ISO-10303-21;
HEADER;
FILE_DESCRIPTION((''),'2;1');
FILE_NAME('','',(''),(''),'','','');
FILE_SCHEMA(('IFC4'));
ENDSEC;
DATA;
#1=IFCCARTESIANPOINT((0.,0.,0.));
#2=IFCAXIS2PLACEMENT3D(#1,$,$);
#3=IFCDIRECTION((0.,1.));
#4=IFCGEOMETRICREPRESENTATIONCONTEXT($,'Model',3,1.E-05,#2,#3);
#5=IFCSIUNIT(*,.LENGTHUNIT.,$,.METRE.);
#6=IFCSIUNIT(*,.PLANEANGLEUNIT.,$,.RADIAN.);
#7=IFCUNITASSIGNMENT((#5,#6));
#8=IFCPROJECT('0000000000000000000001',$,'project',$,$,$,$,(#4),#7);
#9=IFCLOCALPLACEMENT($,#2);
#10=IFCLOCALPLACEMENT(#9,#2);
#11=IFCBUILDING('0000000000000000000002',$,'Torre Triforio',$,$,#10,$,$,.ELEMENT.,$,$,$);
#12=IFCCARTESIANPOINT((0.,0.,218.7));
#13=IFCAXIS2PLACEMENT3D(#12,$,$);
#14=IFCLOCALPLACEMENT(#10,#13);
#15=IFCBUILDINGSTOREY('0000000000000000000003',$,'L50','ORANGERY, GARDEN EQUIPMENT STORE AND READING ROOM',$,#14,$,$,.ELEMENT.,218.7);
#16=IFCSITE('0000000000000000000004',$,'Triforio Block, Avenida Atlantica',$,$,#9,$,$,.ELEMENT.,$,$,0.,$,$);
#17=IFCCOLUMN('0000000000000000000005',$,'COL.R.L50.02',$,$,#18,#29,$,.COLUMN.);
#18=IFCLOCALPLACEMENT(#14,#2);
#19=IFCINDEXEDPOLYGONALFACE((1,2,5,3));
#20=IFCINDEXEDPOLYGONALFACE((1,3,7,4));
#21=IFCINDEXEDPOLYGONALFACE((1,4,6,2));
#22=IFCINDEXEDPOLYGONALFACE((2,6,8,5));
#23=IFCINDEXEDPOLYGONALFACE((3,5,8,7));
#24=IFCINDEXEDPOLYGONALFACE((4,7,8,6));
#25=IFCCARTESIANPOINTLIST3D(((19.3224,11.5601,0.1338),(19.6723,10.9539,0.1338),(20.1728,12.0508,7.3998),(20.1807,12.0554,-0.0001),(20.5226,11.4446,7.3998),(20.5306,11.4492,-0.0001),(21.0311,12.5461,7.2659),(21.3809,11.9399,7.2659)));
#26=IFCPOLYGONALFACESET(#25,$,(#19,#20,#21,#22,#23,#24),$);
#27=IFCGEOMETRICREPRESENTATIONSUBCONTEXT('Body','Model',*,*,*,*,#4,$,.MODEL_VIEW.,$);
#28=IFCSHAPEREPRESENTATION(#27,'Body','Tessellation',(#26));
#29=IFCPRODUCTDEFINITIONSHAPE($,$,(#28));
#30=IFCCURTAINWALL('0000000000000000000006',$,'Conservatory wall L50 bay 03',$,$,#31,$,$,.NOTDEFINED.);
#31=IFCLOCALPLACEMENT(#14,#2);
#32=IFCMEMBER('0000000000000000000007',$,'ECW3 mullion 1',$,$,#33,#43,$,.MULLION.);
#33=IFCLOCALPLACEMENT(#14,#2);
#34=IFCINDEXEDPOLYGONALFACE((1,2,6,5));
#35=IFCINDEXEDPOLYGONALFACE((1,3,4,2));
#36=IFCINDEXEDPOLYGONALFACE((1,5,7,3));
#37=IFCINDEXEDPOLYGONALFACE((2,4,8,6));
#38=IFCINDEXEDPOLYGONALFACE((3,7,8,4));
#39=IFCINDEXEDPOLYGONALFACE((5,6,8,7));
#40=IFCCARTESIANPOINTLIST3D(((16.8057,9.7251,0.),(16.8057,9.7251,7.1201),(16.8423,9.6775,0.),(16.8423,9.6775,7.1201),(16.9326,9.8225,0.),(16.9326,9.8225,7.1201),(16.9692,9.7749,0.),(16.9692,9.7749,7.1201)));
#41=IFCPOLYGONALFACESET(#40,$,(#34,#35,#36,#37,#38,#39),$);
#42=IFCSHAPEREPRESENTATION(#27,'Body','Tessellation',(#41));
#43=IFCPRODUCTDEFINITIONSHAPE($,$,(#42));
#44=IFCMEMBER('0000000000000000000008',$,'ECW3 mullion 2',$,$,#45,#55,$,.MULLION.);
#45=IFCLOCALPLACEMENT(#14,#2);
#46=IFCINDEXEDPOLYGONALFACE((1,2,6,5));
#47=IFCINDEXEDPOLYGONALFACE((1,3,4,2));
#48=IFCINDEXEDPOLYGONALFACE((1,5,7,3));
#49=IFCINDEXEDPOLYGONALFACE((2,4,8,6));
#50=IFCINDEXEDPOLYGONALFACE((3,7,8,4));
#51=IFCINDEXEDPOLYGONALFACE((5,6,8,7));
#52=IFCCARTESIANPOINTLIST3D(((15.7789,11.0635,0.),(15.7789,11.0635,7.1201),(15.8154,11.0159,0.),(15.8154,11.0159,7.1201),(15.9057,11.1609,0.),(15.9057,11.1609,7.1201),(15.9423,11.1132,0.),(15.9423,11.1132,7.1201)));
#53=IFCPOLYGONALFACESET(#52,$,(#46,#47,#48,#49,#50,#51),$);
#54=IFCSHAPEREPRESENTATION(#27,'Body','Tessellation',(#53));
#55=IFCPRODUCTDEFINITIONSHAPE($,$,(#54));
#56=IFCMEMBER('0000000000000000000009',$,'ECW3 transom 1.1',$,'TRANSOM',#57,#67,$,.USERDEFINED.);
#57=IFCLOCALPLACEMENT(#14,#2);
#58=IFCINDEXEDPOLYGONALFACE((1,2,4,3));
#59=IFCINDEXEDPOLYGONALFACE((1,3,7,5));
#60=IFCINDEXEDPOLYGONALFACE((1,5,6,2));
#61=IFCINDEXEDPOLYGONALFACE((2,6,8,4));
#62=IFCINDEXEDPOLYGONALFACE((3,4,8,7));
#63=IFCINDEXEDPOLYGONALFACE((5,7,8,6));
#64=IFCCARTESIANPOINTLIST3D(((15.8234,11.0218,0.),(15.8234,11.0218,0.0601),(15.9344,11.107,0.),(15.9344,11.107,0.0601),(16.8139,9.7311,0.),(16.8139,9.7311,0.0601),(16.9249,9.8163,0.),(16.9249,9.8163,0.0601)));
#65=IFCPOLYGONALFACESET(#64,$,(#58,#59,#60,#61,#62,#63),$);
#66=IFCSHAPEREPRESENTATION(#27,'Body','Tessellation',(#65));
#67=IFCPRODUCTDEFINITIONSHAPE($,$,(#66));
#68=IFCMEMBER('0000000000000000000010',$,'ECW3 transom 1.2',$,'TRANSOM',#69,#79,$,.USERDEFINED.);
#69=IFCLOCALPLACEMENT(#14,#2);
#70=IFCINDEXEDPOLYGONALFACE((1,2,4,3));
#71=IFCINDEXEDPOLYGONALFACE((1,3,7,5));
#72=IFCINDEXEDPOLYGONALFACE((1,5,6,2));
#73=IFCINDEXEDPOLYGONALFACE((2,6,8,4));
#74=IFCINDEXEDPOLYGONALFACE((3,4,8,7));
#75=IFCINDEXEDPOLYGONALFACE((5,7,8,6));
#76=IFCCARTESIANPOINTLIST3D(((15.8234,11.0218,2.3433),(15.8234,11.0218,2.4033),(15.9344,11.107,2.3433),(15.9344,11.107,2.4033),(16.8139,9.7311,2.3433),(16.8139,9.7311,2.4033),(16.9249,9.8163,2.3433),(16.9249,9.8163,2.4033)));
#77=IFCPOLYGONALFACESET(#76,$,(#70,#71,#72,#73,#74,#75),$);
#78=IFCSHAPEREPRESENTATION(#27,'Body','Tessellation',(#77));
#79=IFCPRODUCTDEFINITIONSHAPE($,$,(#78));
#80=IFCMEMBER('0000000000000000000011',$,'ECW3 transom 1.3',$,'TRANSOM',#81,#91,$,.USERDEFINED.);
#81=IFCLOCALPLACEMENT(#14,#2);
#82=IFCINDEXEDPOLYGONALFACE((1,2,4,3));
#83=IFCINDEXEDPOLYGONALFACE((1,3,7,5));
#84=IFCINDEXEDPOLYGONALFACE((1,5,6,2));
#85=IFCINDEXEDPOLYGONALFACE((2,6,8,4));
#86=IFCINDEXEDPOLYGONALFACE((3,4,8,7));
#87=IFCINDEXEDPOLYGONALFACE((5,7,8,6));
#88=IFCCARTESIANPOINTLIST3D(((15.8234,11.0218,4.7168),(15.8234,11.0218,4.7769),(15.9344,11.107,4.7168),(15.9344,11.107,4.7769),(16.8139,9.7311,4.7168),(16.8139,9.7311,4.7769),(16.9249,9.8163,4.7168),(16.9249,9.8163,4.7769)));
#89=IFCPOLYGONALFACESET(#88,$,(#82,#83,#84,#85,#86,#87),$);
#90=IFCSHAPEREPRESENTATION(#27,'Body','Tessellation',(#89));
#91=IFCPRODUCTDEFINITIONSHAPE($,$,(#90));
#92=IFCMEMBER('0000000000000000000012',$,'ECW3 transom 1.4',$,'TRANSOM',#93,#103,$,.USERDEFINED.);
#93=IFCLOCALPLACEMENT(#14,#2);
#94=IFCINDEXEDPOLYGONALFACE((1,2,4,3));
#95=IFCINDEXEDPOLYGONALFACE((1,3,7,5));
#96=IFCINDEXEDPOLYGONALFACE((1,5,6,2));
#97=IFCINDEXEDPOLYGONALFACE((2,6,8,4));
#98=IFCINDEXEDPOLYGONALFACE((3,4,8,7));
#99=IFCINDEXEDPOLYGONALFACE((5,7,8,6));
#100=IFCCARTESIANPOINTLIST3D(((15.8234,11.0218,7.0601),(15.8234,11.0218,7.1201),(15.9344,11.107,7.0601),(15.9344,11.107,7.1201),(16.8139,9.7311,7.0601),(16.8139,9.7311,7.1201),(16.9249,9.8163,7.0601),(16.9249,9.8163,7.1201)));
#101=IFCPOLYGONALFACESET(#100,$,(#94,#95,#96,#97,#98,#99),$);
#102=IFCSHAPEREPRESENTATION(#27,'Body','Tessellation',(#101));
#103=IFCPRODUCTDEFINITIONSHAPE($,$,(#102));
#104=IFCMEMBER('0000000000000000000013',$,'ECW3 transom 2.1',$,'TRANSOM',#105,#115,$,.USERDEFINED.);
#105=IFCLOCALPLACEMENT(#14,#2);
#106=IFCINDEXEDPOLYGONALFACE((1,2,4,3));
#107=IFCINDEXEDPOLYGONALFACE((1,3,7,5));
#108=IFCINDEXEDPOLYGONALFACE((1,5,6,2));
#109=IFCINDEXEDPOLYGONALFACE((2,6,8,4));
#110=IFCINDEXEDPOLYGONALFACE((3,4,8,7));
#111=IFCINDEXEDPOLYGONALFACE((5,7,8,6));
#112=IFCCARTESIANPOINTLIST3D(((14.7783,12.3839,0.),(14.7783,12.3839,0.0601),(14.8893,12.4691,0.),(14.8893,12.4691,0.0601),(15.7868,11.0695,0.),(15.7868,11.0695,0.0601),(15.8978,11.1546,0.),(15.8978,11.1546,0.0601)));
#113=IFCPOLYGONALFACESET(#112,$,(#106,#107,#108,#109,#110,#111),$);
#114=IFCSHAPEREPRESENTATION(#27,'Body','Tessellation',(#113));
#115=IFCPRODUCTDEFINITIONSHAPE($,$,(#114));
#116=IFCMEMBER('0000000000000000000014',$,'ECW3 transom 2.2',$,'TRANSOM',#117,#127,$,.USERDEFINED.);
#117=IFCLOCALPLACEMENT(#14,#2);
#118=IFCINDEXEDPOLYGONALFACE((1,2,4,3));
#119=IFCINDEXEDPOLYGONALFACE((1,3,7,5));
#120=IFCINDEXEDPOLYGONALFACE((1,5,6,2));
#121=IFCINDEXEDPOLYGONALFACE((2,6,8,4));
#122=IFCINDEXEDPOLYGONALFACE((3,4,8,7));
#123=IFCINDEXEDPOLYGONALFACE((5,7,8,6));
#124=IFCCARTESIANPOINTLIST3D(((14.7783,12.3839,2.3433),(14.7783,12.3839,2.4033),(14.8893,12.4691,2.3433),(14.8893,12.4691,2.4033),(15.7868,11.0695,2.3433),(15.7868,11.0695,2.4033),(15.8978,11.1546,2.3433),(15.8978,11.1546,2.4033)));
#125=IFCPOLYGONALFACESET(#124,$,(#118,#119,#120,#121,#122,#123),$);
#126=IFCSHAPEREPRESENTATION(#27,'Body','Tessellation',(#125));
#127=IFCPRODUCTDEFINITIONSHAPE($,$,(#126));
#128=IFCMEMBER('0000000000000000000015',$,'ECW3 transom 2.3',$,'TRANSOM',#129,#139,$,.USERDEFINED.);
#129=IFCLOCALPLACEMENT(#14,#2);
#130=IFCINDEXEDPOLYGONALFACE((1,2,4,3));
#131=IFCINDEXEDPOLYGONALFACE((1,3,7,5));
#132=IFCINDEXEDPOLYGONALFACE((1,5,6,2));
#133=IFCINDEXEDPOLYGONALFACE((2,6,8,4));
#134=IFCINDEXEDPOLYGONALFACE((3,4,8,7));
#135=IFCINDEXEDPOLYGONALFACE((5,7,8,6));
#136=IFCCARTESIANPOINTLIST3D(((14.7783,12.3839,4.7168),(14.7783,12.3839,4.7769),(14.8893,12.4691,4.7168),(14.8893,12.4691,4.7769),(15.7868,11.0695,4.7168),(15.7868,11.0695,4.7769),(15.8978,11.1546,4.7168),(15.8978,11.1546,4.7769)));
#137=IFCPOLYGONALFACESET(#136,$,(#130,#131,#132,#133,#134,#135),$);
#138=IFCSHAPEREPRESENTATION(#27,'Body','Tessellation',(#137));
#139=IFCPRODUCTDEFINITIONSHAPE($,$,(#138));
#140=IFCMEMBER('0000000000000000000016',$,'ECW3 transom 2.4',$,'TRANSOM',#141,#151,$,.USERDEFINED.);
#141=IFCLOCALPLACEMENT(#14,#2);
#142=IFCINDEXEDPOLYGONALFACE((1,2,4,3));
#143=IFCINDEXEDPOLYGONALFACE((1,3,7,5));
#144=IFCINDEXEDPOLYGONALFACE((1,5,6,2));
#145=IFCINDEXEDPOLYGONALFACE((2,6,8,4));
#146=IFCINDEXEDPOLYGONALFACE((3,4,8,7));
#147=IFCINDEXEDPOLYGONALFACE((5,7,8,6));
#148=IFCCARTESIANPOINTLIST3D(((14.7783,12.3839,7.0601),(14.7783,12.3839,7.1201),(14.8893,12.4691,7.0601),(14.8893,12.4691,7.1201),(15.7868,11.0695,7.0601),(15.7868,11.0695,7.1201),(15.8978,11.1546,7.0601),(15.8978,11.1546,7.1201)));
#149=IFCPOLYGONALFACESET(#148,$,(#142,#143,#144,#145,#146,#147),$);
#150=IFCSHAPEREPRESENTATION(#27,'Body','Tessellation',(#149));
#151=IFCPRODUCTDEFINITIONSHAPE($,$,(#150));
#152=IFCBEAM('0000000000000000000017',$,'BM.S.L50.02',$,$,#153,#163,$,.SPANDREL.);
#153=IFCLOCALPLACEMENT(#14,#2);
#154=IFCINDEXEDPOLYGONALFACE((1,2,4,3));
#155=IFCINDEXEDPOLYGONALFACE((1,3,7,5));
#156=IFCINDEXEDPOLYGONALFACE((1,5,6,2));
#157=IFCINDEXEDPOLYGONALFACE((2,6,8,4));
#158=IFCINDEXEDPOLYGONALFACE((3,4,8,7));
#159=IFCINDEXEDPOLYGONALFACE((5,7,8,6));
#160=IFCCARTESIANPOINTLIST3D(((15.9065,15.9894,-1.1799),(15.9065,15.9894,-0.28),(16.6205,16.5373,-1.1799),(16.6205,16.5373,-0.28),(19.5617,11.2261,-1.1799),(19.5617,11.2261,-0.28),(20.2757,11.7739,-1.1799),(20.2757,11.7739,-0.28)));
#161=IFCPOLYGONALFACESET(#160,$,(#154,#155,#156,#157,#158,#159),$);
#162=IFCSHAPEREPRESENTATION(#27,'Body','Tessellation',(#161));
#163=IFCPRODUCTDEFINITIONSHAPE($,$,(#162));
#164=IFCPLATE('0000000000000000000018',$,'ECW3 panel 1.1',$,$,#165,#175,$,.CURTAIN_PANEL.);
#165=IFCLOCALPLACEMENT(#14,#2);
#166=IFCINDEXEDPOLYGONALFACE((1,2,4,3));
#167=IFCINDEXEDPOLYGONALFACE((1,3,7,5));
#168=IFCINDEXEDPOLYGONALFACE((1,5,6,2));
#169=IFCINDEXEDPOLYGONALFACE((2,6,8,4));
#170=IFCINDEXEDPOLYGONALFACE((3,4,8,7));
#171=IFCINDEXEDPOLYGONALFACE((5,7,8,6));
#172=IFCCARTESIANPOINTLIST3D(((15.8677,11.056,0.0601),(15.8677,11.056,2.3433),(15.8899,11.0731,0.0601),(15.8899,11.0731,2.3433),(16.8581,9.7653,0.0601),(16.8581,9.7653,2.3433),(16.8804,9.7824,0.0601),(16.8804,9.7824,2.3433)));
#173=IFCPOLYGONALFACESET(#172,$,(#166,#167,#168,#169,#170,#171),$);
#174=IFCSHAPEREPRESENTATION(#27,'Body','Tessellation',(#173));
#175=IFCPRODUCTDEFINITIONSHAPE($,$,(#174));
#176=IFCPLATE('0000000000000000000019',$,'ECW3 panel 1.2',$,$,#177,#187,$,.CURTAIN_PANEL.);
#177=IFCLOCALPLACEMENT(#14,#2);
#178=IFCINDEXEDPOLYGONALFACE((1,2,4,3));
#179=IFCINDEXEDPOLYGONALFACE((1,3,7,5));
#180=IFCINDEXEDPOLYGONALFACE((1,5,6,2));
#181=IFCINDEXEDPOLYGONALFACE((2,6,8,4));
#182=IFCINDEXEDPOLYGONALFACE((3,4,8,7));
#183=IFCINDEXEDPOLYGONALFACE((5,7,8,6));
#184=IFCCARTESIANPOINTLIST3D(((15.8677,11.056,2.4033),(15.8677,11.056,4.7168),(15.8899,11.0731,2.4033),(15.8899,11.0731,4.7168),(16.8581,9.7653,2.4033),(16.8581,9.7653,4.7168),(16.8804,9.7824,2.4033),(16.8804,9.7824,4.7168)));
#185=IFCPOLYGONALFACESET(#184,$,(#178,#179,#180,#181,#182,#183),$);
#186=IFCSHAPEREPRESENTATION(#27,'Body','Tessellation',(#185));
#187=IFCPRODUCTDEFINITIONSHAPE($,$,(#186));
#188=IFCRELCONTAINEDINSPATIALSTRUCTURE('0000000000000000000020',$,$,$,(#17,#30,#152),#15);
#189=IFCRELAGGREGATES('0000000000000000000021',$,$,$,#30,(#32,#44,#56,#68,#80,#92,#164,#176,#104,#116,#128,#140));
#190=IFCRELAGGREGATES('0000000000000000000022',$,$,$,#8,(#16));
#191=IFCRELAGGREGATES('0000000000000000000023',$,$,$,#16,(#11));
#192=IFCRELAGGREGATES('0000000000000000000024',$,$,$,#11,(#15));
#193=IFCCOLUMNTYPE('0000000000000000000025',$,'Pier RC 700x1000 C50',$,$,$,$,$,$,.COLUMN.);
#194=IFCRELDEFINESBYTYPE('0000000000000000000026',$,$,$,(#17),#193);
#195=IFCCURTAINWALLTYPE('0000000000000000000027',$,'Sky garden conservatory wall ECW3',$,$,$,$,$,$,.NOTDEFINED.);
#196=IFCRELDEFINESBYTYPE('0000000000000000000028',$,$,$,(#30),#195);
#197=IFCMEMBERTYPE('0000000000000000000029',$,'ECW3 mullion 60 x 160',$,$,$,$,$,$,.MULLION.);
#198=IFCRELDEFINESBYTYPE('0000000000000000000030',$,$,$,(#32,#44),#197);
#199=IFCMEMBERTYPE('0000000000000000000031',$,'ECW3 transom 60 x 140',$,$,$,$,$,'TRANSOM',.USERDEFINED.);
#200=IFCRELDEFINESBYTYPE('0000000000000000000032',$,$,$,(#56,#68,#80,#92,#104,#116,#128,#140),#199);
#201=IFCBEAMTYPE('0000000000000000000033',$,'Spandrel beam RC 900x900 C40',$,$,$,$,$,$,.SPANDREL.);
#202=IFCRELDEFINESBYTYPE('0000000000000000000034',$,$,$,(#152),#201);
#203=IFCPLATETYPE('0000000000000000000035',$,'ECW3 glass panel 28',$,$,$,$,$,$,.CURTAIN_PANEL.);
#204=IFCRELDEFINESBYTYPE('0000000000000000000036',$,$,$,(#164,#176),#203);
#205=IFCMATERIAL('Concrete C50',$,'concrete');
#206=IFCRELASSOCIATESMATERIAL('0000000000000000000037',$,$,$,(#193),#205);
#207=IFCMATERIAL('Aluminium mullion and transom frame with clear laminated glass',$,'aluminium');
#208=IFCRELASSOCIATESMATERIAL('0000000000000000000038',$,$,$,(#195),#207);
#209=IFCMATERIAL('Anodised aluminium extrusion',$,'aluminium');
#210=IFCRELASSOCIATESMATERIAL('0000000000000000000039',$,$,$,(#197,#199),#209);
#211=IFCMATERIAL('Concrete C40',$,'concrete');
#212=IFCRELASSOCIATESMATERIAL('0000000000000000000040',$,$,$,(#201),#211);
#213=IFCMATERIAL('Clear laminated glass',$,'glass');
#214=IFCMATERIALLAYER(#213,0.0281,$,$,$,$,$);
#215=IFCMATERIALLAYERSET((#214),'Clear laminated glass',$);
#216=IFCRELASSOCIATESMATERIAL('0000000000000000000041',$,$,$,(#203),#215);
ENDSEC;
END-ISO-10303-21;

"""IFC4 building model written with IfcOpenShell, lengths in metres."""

from ifc_helpers import new_model, si_unit, direction, frame, origin, origin_2d, place, context, subcontext, project, spatial, rectangle, extrude, material, layer, layer_set, material_profile, profile_set, type_object, element, aggregate, save


model = new_model("IFC4")

# Units and contexts
model_context = context("Model", 3, precision=1e-05, world=origin(), true_north=direction((0.0, 1.0)))
body_context = subcontext(model_context, "Body", "Model", "MODEL_VIEW")
ifc_project = project(units=[si_unit("LENGTHUNIT", "METRE"), si_unit("PLANEANGLEUNIT", "RADIAN")], contexts=[model_context])

# Site, building, storey
site_placement = place(None, origin())
site = spatial("IfcSite", under=ifc_project, at=site_placement, Name="Triforio Block, Avenida Atlantica", CompositionType="ELEMENT", RefElevation=0.0)
building_placement = place(site_placement, origin())
building = spatial("IfcBuilding", under=site, at=building_placement, Name="Torre Triforio", CompositionType="ELEMENT")
storey_placement = place(building_placement, frame((0.0, 0.0, 218.7)))
storey = spatial("IfcBuildingStorey", under=building, at=storey_placement, Name="L50", Description="ORANGERY, GARDEN EQUIPMENT STORE AND READING ROOM", CompositionType="ELEMENT", Elevation=218.7)

# Column
ifc_material_1 = material(Name="Concrete C50", Category="concrete")
ifc_material_profile_1 = material_profile(ifc_material_1, rectangle(XDim=0.7, YDim=1.0, at=origin_2d()), Name="RC 700x1000")
ifc_profile_set_1 = profile_set([ifc_material_profile_1], Name="Concrete C50")
column_type = type_object("IfcColumnType", Name="Pier RC 700x1000 C50", PredefinedType="COLUMN", material=ifc_profile_set_1)
column_placement = place(storey_placement, frame((19.9265, 11.5046, 0.0669), z_axis=(0.115975, 0.066928, 0.990995), x_axis=(-0.49983, 0.866123, 0.0)))
element("IfcColumn", 1, at=column_placement, inside=storey, type_object=column_type, Name="COL.R.L50.02", PredefinedType="COLUMN", context=body_context, shape_type="SweptSolid", body=[
    extrude(rectangle(XDim=0.7, YDim=1.0, at=origin_2d()), origin(), (0.0, 0.0, 1.0), 7.332),
])

# Curtain wall, members
ifc_material_2 = material(Name="Aluminium mullion and transom frame with clear laminated glass", Category="aluminium")
curtain_wall_type = type_object("IfcCurtainWallType", Name="Sky garden conservatory wall ECW3", PredefinedType="NOTDEFINED", material=ifc_material_2)
curtain_wall_placement = place(storey_placement, origin())
curtain_wall = element("IfcCurtainWall", 2, at=curtain_wall_placement, inside=storey, type_object=curtain_wall_type, Name="Conservatory wall L50 bay 03", PredefinedType="NOTDEFINED")
ifc_material_3 = material(Name="Anodised aluminium extrusion", Category="aluminium")
ifc_material_profile_2 = material_profile(ifc_material_3, rectangle(XDim=0.1599, YDim=0.0601, at=origin_2d()), Name="ECW3 MULLION 60x160")
ifc_profile_set_2 = profile_set([ifc_material_profile_2], Name="Anodised aluminium extrusion")
member_type_1 = type_object("IfcMemberType", Name="ECW3 mullion 60 x 160", PredefinedType="MULLION", material=ifc_profile_set_2)
member_1_placement = place(storey_placement, frame((16.8875, 9.75, 0.0), z_axis=(0.0, 0.0, 1.0), x_axis=(-0.793349, -0.608767, 0.0)))
member_1 = element("IfcMember", 3, at=member_1_placement, type_object=member_type_1, Name="ECW3 mullion 1", PredefinedType="MULLION", context=body_context, shape_type="SweptSolid", body=[
    extrude(rectangle(XDim=0.1599, YDim=0.0601, at=origin_2d()), origin(), (0.0, 0.0, 1.0), 7.1201),
])
member_2_placement = place(storey_placement, frame((15.8606, 11.0884, 0.0), z_axis=(0.0, 0.0, 1.0), x_axis=(-0.793349, -0.608767, 0.0)))
member_2 = element("IfcMember", 4, at=member_2_placement, type_object=member_type_1, Name="ECW3 mullion 2", PredefinedType="MULLION", context=body_context, shape_type="SweptSolid", body=[
    extrude(rectangle(XDim=0.1599, YDim=0.0601, at=origin_2d()), origin(), (0.0, 0.0, 1.0), 7.1201),
])
ifc_material_profile_3 = material_profile(ifc_material_3, rectangle(XDim=0.1399, YDim=0.0601, at=origin_2d()), Name="ECW3 TRANSOM 60x140")
ifc_profile_set_3 = profile_set([ifc_material_profile_3], Name="Anodised aluminium extrusion")
member_type_2 = type_object("IfcMemberType", Name="ECW3 transom 60 x 140", ElementType="TRANSOM", PredefinedType="USERDEFINED", material=ifc_profile_set_3)
member_3_placement = place(storey_placement, frame((16.8694, 9.7737, 0.03), z_axis=(-0.608775, 0.793343, 0.0), x_axis=(-0.793343, -0.608775, 0.0)))
member_3 = element("IfcMember", 5, at=member_3_placement, type_object=member_type_2, Name="ECW3 transom 1.1", ObjectType="TRANSOM", PredefinedType="USERDEFINED", context=body_context, shape_type="SweptSolid", body=[
    extrude(rectangle(XDim=0.1399, YDim=0.0601, at=origin_2d()), origin(), (0.0, 0.0, 1.0), 1.627),
])
member_4_placement = place(storey_placement, frame((16.8694, 9.7737, 2.3733), z_axis=(-0.608775, 0.793343, 0.0), x_axis=(-0.793343, -0.608775, 0.0)))
member_4 = element("IfcMember", 6, at=member_4_placement, type_object=member_type_2, Name="ECW3 transom 1.2", ObjectType="TRANSOM", PredefinedType="USERDEFINED", context=body_context, shape_type="SweptSolid", body=[
    extrude(rectangle(XDim=0.1399, YDim=0.0601, at=origin_2d()), origin(), (0.0, 0.0, 1.0), 1.627),
])
member_5_placement = place(storey_placement, frame((16.8694, 9.7737, 4.7468), z_axis=(-0.608775, 0.793343, 0.0), x_axis=(-0.793343, -0.608775, 0.0)))
member_5 = element("IfcMember", 7, at=member_5_placement, type_object=member_type_2, Name="ECW3 transom 1.3", ObjectType="TRANSOM", PredefinedType="USERDEFINED", context=body_context, shape_type="SweptSolid", body=[
    extrude(rectangle(XDim=0.1399, YDim=0.0601, at=origin_2d()), origin(), (0.0, 0.0, 1.0), 1.627),
])
member_6_placement = place(storey_placement, frame((16.8694, 9.7737, 7.0901), z_axis=(-0.608775, 0.793343, 0.0), x_axis=(-0.793343, -0.608775, 0.0)))
member_6 = element("IfcMember", 8, at=member_6_placement, type_object=member_type_2, Name="ECW3 transom 1.4", ObjectType="TRANSOM", PredefinedType="USERDEFINED", context=body_context, shape_type="SweptSolid", body=[
    extrude(rectangle(XDim=0.1399, YDim=0.0601, at=origin_2d()), origin(), (0.0, 0.0, 1.0), 1.627),
])
member_7_placement = place(storey_placement, frame((15.8423, 11.1121, 0.03), z_axis=(-0.608735, 0.793374, 0.0), x_axis=(-0.793374, -0.608735, 0.0)))
member_7 = element("IfcMember", 9, at=member_7_placement, type_object=member_type_2, Name="ECW3 transom 2.1", ObjectType="TRANSOM", PredefinedType="USERDEFINED", context=body_context, shape_type="SweptSolid", body=[
    extrude(rectangle(XDim=0.1399, YDim=0.0601, at=origin_2d()), origin(), (0.0, 0.0, 1.0), 1.6567),
])
member_8_placement = place(storey_placement, frame((15.8423, 11.1121, 2.3733), z_axis=(-0.608735, 0.793374, 0.0), x_axis=(-0.793374, -0.608735, 0.0)))
member_8 = element("IfcMember", 10, at=member_8_placement, type_object=member_type_2, Name="ECW3 transom 2.2", ObjectType="TRANSOM", PredefinedType="USERDEFINED", context=body_context, shape_type="SweptSolid", body=[
    extrude(rectangle(XDim=0.1399, YDim=0.0601, at=origin_2d()), origin(), (0.0, 0.0, 1.0), 1.6567),
])
member_9_placement = place(storey_placement, frame((15.8423, 11.1121, 4.7468), z_axis=(-0.608735, 0.793374, 0.0), x_axis=(-0.793374, -0.608735, 0.0)))
member_9 = element("IfcMember", 11, at=member_9_placement, type_object=member_type_2, Name="ECW3 transom 2.3", ObjectType="TRANSOM", PredefinedType="USERDEFINED", context=body_context, shape_type="SweptSolid", body=[
    extrude(rectangle(XDim=0.1399, YDim=0.0601, at=origin_2d()), origin(), (0.0, 0.0, 1.0), 1.6567),
])
member_10_placement = place(storey_placement, frame((15.8423, 11.1121, 7.0901), z_axis=(-0.608735, 0.793374, 0.0), x_axis=(-0.793374, -0.608735, 0.0)))
member_10 = element("IfcMember", 12, at=member_10_placement, type_object=member_type_2, Name="ECW3 transom 2.4", ObjectType="TRANSOM", PredefinedType="USERDEFINED", context=body_context, shape_type="SweptSolid", body=[
    extrude(rectangle(XDim=0.1399, YDim=0.0601, at=origin_2d()), origin(), (0.0, 0.0, 1.0), 1.6567),
])

# Beam
ifc_material_4 = material(Name="Concrete C40", Category="concrete")
ifc_material_profile_4 = material_profile(ifc_material_4, rectangle(XDim=0.8999, YDim=0.8999, at=origin_2d()), Name="RC 900x900")
ifc_profile_set_4 = profile_set([ifc_material_profile_4], Name="Concrete C40")
beam_type = type_object("IfcBeamType", Name="Spandrel beam RC 900x900 C40", PredefinedType="SPANDREL", material=ifc_profile_set_4)
beam_placement = place(storey_placement, frame((19.9187, 11.5, -0.73), z_axis=(-0.608779, 0.79334, 0.0), x_axis=(-0.79334, -0.608779, 0.0)))
element("IfcBeam", 13, at=beam_placement, inside=storey, type_object=beam_type, Name="BM.S.L50.02", PredefinedType="SPANDREL", context=body_context, shape_type="SweptSolid", body=[
    extrude(rectangle(XDim=0.8999, YDim=0.8999, at=origin_2d()), origin(), (0.0, 0.0, 1.0), 6.0042),
])

# Plates
ifc_material_5 = material(Name="Clear laminated glass", Category="glass")
ifc_layer_1 = layer(ifc_material_5, 0.0281)
ifc_layer_set_1 = layer_set([ifc_layer_1], Name="Clear laminated glass")
plate_type = type_object("IfcPlateType", Name="ECW3 glass panel 28", PredefinedType="CURTAIN_PANEL", material=ifc_layer_set_1)
plate_1_placement = place(storey_placement, frame((16.374, 10.4192, 0.0601), z_axis=(0.0, 0.0, 1.0), x_axis=(-0.608767, 0.793349, 0.0)))
plate_1 = element("IfcPlate", 14, at=plate_1_placement, type_object=plate_type, Name="ECW3 panel 1.1", PredefinedType="CURTAIN_PANEL", context=body_context, shape_type="SweptSolid", body=[
    extrude(rectangle(XDim=1.627, YDim=0.0281, at=origin_2d()), origin(), (0.0, 0.0, 1.0), 2.2832),
])
plate_2_placement = place(storey_placement, frame((16.374, 10.4192, 2.4033), z_axis=(0.0, 0.0, 1.0), x_axis=(-0.608767, 0.793349, 0.0)))
plate_2 = element("IfcPlate", 15, at=plate_2_placement, type_object=plate_type, Name="ECW3 panel 1.2", PredefinedType="CURTAIN_PANEL", context=body_context, shape_type="SweptSolid", body=[
    extrude(rectangle(XDim=1.627, YDim=0.0281, at=origin_2d()), origin(), (0.0, 0.0, 1.0), 2.3135),
])
aggregate(curtain_wall, [member_1, member_2, member_3, member_4, member_5, member_6, plate_1, plate_2, member_7, member_8, member_9, member_10])

save(model, "model.ifc")
